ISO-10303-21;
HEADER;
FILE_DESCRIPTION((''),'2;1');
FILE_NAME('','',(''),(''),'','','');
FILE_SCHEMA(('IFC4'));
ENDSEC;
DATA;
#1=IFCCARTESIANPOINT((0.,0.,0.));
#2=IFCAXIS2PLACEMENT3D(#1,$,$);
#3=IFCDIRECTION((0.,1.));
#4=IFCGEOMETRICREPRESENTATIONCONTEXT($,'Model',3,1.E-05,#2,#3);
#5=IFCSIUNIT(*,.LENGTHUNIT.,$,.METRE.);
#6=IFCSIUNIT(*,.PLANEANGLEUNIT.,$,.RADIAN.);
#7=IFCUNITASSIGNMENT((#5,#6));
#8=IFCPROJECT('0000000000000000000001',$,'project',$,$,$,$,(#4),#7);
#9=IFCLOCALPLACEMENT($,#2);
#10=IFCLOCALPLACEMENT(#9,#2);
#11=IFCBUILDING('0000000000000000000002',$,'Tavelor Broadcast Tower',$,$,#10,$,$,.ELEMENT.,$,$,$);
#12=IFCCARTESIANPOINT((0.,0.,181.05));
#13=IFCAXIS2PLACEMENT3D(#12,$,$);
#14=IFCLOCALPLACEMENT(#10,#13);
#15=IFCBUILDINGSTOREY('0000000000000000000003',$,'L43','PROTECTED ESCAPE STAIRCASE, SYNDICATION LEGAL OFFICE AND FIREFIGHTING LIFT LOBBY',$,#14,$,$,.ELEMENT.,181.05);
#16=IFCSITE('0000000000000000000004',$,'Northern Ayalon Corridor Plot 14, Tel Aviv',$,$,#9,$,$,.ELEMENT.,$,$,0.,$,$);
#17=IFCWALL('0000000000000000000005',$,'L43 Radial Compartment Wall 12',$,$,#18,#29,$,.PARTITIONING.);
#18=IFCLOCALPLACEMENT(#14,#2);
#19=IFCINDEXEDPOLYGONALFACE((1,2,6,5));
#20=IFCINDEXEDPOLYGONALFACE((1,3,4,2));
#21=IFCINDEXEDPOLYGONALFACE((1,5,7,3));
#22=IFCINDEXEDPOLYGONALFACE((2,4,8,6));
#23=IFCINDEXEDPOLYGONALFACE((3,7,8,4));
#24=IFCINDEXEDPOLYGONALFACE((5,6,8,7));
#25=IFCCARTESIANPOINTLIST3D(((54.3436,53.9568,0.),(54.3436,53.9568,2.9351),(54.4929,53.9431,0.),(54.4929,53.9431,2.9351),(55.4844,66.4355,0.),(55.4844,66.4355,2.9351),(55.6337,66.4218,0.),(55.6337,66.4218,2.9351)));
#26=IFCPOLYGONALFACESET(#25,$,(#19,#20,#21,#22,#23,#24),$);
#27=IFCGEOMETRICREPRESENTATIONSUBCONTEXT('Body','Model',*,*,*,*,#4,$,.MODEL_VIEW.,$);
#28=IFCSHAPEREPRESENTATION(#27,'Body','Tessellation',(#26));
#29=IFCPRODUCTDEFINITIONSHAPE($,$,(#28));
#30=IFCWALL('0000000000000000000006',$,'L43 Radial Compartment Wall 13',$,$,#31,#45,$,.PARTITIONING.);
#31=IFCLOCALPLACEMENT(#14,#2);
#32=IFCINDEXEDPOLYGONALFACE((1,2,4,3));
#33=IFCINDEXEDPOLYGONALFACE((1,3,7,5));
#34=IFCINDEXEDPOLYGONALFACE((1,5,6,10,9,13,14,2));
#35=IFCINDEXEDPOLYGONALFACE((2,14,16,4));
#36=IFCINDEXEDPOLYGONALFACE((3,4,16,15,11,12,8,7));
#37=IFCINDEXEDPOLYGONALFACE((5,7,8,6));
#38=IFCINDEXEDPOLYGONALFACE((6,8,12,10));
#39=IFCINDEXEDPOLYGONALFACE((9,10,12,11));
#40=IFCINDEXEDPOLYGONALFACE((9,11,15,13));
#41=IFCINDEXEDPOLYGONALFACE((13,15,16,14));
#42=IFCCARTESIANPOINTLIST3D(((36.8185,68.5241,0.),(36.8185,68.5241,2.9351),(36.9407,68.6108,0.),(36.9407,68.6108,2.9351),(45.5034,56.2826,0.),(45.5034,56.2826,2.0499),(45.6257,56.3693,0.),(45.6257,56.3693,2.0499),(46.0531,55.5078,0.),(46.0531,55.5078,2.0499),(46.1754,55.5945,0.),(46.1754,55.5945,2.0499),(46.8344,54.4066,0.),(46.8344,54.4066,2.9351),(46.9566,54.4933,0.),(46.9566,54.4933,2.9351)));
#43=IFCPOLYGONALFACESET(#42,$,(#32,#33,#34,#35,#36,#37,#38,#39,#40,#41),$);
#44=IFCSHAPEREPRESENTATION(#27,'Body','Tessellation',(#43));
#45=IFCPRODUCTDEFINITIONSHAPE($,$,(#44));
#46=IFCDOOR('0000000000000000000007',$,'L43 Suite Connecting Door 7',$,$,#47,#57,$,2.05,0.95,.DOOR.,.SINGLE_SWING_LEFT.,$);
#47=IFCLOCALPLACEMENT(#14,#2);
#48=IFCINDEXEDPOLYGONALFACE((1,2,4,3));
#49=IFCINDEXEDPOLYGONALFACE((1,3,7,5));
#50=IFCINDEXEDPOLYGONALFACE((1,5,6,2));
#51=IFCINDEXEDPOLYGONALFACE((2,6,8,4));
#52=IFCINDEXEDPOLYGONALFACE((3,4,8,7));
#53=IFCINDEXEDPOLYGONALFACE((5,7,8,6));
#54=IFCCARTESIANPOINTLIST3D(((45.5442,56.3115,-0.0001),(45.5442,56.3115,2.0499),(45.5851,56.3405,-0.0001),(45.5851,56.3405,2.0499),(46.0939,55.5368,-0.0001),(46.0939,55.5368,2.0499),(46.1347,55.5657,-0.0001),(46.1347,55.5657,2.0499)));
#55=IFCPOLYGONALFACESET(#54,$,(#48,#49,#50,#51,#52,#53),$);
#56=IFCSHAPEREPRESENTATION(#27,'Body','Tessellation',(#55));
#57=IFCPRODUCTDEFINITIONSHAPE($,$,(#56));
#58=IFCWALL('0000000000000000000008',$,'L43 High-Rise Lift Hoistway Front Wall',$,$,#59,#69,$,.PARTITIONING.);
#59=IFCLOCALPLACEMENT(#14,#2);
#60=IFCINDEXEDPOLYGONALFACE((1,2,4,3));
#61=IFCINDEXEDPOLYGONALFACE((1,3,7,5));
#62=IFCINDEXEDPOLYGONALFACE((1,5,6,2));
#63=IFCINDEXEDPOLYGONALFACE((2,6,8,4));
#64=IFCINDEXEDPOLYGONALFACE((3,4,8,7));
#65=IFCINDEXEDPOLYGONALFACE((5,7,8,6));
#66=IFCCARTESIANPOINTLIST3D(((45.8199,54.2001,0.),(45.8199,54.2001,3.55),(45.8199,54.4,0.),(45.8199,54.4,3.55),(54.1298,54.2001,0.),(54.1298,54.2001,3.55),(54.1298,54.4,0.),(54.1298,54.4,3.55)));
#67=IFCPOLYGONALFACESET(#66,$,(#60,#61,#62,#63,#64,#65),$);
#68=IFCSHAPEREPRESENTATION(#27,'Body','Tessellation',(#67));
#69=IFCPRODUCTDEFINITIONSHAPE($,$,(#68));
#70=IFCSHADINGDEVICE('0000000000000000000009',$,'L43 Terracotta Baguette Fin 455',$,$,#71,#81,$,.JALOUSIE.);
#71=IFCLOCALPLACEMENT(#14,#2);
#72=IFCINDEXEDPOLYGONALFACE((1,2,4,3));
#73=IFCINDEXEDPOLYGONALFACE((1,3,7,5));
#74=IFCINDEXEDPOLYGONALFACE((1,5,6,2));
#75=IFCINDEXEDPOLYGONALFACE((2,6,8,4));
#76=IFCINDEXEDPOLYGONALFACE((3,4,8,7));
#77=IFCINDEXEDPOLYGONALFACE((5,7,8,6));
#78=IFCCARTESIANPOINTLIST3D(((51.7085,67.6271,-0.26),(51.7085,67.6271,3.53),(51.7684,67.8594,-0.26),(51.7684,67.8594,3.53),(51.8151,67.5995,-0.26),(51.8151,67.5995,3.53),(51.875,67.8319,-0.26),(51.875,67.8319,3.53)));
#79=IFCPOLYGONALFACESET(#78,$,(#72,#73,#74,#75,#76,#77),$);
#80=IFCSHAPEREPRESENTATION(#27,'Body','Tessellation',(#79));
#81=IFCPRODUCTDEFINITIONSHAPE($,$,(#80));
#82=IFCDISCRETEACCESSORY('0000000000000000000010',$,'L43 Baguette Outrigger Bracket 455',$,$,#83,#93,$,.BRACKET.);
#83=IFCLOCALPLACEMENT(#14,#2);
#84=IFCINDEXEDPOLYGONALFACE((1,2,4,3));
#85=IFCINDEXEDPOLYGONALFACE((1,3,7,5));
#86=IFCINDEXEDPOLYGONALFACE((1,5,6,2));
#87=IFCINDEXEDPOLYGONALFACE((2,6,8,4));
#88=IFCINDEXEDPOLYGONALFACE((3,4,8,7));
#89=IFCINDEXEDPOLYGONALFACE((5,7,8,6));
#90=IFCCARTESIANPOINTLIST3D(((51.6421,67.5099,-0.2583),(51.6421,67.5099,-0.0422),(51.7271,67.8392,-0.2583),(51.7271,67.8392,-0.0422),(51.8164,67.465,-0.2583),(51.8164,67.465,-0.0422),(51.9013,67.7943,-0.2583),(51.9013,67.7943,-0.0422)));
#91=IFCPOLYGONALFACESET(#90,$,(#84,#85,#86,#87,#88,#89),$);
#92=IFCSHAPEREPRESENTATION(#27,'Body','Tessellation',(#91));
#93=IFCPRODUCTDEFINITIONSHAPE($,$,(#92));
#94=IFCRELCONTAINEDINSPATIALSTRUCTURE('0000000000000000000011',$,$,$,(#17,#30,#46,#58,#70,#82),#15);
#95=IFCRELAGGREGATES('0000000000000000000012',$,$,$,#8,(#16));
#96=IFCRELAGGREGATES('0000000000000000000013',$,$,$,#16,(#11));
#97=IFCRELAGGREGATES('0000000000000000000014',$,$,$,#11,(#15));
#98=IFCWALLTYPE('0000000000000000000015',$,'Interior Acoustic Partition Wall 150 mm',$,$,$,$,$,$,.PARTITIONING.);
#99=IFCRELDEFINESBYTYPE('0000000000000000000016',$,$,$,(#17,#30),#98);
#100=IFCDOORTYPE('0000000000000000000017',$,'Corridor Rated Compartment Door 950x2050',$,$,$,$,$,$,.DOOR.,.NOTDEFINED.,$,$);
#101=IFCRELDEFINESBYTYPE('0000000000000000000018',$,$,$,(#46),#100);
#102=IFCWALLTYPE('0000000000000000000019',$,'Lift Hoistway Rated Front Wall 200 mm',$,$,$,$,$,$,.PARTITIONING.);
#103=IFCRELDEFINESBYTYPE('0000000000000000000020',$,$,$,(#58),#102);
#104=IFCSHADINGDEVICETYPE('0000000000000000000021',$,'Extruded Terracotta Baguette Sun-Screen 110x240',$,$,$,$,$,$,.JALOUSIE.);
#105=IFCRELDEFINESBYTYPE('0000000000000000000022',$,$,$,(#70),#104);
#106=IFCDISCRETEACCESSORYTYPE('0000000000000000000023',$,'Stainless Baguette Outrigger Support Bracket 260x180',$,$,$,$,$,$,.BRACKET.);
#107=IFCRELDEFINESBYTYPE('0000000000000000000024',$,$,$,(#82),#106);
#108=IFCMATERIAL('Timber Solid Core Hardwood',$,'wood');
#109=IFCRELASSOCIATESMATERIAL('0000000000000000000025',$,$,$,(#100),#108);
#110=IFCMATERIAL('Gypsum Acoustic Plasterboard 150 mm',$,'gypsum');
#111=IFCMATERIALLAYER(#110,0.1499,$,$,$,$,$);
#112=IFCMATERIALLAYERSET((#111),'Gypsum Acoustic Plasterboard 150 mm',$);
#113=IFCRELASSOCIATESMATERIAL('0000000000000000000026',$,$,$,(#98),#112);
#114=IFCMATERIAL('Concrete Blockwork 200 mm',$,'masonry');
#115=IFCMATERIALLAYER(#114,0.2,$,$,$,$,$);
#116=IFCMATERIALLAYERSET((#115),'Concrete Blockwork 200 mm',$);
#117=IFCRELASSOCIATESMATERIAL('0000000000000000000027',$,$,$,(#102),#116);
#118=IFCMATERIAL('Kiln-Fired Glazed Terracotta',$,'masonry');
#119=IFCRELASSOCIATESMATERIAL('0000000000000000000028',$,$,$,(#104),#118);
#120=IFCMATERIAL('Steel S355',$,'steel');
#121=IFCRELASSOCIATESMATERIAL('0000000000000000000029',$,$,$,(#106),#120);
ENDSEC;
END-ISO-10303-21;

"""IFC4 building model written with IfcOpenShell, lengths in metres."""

from ifc_helpers import new_model, si_unit, direction, frame, frame_2d, origin, origin_2d, place, context, subcontext, project, spatial, rectangle, extrude, source, transform, mapped, material, layer, layer_set, type_object, type_shapes, element, fill, save


model = new_model("IFC4")

# Units and contexts
model_context = context("Model", 3, precision=1e-05, world=origin(), true_north=direction((0.0, 1.0)))
body_context = subcontext(model_context, "Body", "Model", "MODEL_VIEW")
ifc_project = project(units=[si_unit("LENGTHUNIT", "METRE"), si_unit("PLANEANGLEUNIT", "RADIAN")], contexts=[model_context])

# Site, building, storey
site_placement = place(None, origin())
site = spatial("IfcSite", under=ifc_project, at=site_placement, Name="Northern Ayalon Corridor Plot 14, Tel Aviv", CompositionType="ELEMENT", RefElevation=0.0)
building_placement = place(site_placement, origin())
building = spatial("IfcBuilding", under=site, at=building_placement, Name="Tavelor Broadcast Tower", CompositionType="ELEMENT")
storey_placement = place(building_placement, frame((0.0, 0.0, 181.05)))
storey = spatial("IfcBuildingStorey", under=building, at=storey_placement, Name="L43", Description="PROTECTED ESCAPE STAIRCASE, SYNDICATION LEGAL OFFICE AND FIREFIGHTING LIFT LOBBY", CompositionType="ELEMENT", Elevation=181.05)

# Shared definitions
ifc_material_1 = material(Name="Steel S355", Category="steel")

# Shared definitions
ifc_material_2 = material(Name="Timber Solid Core Hardwood", Category="wood")
door_type = type_object("IfcDoorType", Name="Corridor Rated Compartment Door 950x2050", OperationType="NOTDEFINED", PredefinedType="DOOR", material=ifc_material_2)

# Wall
ifc_material_3 = material(Name="Gypsum Acoustic Plasterboard 150 mm", Category="gypsum")
ifc_layer_1 = layer(ifc_material_3, 0.1499)
ifc_layer_set_1 = layer_set([ifc_layer_1], Name="Gypsum Acoustic Plasterboard 150 mm")
wall_type_1 = type_object("IfcWallType", Name="Interior Acoustic Partition Wall 150 mm", PredefinedType="PARTITIONING", material=ifc_layer_set_1)
wall_1_placement = place(storey_placement, frame((54.4182, 53.95, 0.0), z_axis=(0.0, 0.0, 1.0), x_axis=(0.091045, 0.995847, 0.0)))
element("IfcWall", 1, at=wall_1_placement, inside=storey, type_object=wall_type_1, Name="L43 Radial Compartment Wall 12", PredefinedType="PARTITIONING", context=body_context, shape_type="SweptSolid", body=[
    extrude(rectangle(XDim=12.5308, YDim=0.1499, at=frame_2d((6.2654, 0.0))), origin(), (0.0, 0.0, 1.0), 2.9351),
])

# Wall, opening, door
wall_2_placement = place(storey_placement, frame((46.8955, 54.45, 0.0), z_axis=(0.0, 0.0, 1.0), x_axis=(-0.578634, 0.815588, 0.0)))
wall_2 = element("IfcWall", 2, at=wall_2_placement, inside=storey, type_object=wall_type_1, Name="L43 Radial Compartment Wall 13", PredefinedType="PARTITIONING", context=body_context, shape_type="SweptSolid", body=[
    extrude(rectangle(XDim=17.3096, YDim=0.1499, at=frame_2d((8.6548, 0.0))), origin(), (0.0, 0.0, 1.0), 2.9351),
])
opening_1_placement = place(wall_2_placement, frame((1.3501, 0.0, 0.0)))
opening_1 = element("IfcOpeningElement", 3, at=opening_1_placement, cuts=wall_2, PredefinedType="OPENING", context=body_context, shape_type="SweptSolid", body=[
    extrude(rectangle(XDim=0.95, YDim=2.05, at=frame_2d((0.4751, 1.0249))), frame((0.0, 0.085, 0.0), z_axis=(0.0, -1.0, 0.0), x_axis=(1.0, 0.0, 0.0)), (0.0, 0.0, 1.0), 0.1699),
])
door_1_placement = place(opening_1_placement, origin())
door_1 = element("IfcDoor", 4, at=door_1_placement, inside=storey, type_object=door_type, Name="L43 Suite Connecting Door 7", OperationType="SINGLE_SWING_LEFT", OverallHeight=2.05, OverallWidth=0.95, PredefinedType="DOOR", context=body_context, shape_type="SweptSolid", body=[
    extrude(rectangle(XDim=0.95, YDim=2.05, at=frame_2d((0.4751, 1.0249))), frame((0.0, 0.0249, 0.0), z_axis=(0.0, -1.0, 0.0), x_axis=(1.0, 0.0, 0.0)), (0.0, 0.0, 1.0), 0.05),
])
fill(opening_1, door_1)

# Wall
ifc_material_4 = material(Name="Concrete Blockwork 200 mm", Category="masonry")
ifc_layer_2 = layer(ifc_material_4, 0.2)
ifc_layer_set_2 = layer_set([ifc_layer_2], Name="Concrete Blockwork 200 mm")
wall_type_2 = type_object("IfcWallType", Name="Lift Hoistway Rated Front Wall 200 mm", PredefinedType="PARTITIONING", material=ifc_layer_set_2)
wall_3_placement = place(storey_placement, frame((45.8201, 54.3, 0.0), z_axis=(0.0, 0.0, 1.0), x_axis=(1.0, 0.0, 0.0)))
element("IfcWall", 5, at=wall_3_placement, inside=storey, type_object=wall_type_2, Name="L43 High-Rise Lift Hoistway Front Wall", PredefinedType="PARTITIONING", context=body_context, shape_type="SweptSolid", body=[
    extrude(rectangle(XDim=8.3098, YDim=0.2, at=frame_2d((4.1548, 0.0))), origin(), (0.0, 0.0, 1.0), 3.55),
])

# Shading device
ifc_material_5 = material(Name="Kiln-Fired Glazed Terracotta", Category="masonry")
shading_device_type = type_object("IfcShadingDeviceType", Name="Extruded Terracotta Baguette Sun-Screen 110x240", PredefinedType="JALOUSIE", material=ifc_material_5)
shared_shape_1 = source(origin(), body_context, "Body", "SweptSolid", [
    extrude(rectangle(XDim=0.1101, YDim=0.24, at=origin_2d()), origin(), (0.0, 0.0, 1.0), 3.79),
])
type_shapes(shading_device_type, [shared_shape_1])
shading_device_placement = place(storey_placement, frame((51.7917, 67.7295, -0.26), z_axis=(0.0, 0.0, 1.0), x_axis=(-0.968279, 0.249873, 0.0)))
element("IfcShadingDevice", 6, at=shading_device_placement, inside=storey, type_object=shading_device_type, Name="L43 Terracotta Baguette Fin 455", PredefinedType="JALOUSIE", context=body_context, shape_type="MappedRepresentation", body=[
    mapped(shared_shape_1, transform((0.0, 0.0, 0.0), scale=1.0)),
])

# Discrete accessory
discrete_accessory_type = type_object("IfcDiscreteAccessoryType", Name="Stainless Baguette Outrigger Support Bracket 260x180", PredefinedType="BRACKET", material=ifc_material_1)
shared_shape_2 = source(origin(), body_context, "Body", "SweptSolid", [
    extrude(rectangle(XDim=0.1799, YDim=0.3401, at=origin_2d()), origin(), (0.0, 0.0, 1.0), 0.2161),
])
type_shapes(discrete_accessory_type, [shared_shape_2])
discrete_accessory_placement = place(storey_placement, frame((51.7717, 67.6521, -0.2583), z_axis=(0.0, 0.0, 1.0), x_axis=(-0.968279, 0.249873, 0.0)))
element("IfcDiscreteAccessory", 7, at=discrete_accessory_placement, inside=storey, type_object=discrete_accessory_type, Name="L43 Baguette Outrigger Bracket 455", PredefinedType="BRACKET", context=body_context, shape_type="MappedRepresentation", body=[
    mapped(shared_shape_2, transform((0.0, 0.0, 0.0), scale=1.0)),
])

save(model, "model.ifc")
